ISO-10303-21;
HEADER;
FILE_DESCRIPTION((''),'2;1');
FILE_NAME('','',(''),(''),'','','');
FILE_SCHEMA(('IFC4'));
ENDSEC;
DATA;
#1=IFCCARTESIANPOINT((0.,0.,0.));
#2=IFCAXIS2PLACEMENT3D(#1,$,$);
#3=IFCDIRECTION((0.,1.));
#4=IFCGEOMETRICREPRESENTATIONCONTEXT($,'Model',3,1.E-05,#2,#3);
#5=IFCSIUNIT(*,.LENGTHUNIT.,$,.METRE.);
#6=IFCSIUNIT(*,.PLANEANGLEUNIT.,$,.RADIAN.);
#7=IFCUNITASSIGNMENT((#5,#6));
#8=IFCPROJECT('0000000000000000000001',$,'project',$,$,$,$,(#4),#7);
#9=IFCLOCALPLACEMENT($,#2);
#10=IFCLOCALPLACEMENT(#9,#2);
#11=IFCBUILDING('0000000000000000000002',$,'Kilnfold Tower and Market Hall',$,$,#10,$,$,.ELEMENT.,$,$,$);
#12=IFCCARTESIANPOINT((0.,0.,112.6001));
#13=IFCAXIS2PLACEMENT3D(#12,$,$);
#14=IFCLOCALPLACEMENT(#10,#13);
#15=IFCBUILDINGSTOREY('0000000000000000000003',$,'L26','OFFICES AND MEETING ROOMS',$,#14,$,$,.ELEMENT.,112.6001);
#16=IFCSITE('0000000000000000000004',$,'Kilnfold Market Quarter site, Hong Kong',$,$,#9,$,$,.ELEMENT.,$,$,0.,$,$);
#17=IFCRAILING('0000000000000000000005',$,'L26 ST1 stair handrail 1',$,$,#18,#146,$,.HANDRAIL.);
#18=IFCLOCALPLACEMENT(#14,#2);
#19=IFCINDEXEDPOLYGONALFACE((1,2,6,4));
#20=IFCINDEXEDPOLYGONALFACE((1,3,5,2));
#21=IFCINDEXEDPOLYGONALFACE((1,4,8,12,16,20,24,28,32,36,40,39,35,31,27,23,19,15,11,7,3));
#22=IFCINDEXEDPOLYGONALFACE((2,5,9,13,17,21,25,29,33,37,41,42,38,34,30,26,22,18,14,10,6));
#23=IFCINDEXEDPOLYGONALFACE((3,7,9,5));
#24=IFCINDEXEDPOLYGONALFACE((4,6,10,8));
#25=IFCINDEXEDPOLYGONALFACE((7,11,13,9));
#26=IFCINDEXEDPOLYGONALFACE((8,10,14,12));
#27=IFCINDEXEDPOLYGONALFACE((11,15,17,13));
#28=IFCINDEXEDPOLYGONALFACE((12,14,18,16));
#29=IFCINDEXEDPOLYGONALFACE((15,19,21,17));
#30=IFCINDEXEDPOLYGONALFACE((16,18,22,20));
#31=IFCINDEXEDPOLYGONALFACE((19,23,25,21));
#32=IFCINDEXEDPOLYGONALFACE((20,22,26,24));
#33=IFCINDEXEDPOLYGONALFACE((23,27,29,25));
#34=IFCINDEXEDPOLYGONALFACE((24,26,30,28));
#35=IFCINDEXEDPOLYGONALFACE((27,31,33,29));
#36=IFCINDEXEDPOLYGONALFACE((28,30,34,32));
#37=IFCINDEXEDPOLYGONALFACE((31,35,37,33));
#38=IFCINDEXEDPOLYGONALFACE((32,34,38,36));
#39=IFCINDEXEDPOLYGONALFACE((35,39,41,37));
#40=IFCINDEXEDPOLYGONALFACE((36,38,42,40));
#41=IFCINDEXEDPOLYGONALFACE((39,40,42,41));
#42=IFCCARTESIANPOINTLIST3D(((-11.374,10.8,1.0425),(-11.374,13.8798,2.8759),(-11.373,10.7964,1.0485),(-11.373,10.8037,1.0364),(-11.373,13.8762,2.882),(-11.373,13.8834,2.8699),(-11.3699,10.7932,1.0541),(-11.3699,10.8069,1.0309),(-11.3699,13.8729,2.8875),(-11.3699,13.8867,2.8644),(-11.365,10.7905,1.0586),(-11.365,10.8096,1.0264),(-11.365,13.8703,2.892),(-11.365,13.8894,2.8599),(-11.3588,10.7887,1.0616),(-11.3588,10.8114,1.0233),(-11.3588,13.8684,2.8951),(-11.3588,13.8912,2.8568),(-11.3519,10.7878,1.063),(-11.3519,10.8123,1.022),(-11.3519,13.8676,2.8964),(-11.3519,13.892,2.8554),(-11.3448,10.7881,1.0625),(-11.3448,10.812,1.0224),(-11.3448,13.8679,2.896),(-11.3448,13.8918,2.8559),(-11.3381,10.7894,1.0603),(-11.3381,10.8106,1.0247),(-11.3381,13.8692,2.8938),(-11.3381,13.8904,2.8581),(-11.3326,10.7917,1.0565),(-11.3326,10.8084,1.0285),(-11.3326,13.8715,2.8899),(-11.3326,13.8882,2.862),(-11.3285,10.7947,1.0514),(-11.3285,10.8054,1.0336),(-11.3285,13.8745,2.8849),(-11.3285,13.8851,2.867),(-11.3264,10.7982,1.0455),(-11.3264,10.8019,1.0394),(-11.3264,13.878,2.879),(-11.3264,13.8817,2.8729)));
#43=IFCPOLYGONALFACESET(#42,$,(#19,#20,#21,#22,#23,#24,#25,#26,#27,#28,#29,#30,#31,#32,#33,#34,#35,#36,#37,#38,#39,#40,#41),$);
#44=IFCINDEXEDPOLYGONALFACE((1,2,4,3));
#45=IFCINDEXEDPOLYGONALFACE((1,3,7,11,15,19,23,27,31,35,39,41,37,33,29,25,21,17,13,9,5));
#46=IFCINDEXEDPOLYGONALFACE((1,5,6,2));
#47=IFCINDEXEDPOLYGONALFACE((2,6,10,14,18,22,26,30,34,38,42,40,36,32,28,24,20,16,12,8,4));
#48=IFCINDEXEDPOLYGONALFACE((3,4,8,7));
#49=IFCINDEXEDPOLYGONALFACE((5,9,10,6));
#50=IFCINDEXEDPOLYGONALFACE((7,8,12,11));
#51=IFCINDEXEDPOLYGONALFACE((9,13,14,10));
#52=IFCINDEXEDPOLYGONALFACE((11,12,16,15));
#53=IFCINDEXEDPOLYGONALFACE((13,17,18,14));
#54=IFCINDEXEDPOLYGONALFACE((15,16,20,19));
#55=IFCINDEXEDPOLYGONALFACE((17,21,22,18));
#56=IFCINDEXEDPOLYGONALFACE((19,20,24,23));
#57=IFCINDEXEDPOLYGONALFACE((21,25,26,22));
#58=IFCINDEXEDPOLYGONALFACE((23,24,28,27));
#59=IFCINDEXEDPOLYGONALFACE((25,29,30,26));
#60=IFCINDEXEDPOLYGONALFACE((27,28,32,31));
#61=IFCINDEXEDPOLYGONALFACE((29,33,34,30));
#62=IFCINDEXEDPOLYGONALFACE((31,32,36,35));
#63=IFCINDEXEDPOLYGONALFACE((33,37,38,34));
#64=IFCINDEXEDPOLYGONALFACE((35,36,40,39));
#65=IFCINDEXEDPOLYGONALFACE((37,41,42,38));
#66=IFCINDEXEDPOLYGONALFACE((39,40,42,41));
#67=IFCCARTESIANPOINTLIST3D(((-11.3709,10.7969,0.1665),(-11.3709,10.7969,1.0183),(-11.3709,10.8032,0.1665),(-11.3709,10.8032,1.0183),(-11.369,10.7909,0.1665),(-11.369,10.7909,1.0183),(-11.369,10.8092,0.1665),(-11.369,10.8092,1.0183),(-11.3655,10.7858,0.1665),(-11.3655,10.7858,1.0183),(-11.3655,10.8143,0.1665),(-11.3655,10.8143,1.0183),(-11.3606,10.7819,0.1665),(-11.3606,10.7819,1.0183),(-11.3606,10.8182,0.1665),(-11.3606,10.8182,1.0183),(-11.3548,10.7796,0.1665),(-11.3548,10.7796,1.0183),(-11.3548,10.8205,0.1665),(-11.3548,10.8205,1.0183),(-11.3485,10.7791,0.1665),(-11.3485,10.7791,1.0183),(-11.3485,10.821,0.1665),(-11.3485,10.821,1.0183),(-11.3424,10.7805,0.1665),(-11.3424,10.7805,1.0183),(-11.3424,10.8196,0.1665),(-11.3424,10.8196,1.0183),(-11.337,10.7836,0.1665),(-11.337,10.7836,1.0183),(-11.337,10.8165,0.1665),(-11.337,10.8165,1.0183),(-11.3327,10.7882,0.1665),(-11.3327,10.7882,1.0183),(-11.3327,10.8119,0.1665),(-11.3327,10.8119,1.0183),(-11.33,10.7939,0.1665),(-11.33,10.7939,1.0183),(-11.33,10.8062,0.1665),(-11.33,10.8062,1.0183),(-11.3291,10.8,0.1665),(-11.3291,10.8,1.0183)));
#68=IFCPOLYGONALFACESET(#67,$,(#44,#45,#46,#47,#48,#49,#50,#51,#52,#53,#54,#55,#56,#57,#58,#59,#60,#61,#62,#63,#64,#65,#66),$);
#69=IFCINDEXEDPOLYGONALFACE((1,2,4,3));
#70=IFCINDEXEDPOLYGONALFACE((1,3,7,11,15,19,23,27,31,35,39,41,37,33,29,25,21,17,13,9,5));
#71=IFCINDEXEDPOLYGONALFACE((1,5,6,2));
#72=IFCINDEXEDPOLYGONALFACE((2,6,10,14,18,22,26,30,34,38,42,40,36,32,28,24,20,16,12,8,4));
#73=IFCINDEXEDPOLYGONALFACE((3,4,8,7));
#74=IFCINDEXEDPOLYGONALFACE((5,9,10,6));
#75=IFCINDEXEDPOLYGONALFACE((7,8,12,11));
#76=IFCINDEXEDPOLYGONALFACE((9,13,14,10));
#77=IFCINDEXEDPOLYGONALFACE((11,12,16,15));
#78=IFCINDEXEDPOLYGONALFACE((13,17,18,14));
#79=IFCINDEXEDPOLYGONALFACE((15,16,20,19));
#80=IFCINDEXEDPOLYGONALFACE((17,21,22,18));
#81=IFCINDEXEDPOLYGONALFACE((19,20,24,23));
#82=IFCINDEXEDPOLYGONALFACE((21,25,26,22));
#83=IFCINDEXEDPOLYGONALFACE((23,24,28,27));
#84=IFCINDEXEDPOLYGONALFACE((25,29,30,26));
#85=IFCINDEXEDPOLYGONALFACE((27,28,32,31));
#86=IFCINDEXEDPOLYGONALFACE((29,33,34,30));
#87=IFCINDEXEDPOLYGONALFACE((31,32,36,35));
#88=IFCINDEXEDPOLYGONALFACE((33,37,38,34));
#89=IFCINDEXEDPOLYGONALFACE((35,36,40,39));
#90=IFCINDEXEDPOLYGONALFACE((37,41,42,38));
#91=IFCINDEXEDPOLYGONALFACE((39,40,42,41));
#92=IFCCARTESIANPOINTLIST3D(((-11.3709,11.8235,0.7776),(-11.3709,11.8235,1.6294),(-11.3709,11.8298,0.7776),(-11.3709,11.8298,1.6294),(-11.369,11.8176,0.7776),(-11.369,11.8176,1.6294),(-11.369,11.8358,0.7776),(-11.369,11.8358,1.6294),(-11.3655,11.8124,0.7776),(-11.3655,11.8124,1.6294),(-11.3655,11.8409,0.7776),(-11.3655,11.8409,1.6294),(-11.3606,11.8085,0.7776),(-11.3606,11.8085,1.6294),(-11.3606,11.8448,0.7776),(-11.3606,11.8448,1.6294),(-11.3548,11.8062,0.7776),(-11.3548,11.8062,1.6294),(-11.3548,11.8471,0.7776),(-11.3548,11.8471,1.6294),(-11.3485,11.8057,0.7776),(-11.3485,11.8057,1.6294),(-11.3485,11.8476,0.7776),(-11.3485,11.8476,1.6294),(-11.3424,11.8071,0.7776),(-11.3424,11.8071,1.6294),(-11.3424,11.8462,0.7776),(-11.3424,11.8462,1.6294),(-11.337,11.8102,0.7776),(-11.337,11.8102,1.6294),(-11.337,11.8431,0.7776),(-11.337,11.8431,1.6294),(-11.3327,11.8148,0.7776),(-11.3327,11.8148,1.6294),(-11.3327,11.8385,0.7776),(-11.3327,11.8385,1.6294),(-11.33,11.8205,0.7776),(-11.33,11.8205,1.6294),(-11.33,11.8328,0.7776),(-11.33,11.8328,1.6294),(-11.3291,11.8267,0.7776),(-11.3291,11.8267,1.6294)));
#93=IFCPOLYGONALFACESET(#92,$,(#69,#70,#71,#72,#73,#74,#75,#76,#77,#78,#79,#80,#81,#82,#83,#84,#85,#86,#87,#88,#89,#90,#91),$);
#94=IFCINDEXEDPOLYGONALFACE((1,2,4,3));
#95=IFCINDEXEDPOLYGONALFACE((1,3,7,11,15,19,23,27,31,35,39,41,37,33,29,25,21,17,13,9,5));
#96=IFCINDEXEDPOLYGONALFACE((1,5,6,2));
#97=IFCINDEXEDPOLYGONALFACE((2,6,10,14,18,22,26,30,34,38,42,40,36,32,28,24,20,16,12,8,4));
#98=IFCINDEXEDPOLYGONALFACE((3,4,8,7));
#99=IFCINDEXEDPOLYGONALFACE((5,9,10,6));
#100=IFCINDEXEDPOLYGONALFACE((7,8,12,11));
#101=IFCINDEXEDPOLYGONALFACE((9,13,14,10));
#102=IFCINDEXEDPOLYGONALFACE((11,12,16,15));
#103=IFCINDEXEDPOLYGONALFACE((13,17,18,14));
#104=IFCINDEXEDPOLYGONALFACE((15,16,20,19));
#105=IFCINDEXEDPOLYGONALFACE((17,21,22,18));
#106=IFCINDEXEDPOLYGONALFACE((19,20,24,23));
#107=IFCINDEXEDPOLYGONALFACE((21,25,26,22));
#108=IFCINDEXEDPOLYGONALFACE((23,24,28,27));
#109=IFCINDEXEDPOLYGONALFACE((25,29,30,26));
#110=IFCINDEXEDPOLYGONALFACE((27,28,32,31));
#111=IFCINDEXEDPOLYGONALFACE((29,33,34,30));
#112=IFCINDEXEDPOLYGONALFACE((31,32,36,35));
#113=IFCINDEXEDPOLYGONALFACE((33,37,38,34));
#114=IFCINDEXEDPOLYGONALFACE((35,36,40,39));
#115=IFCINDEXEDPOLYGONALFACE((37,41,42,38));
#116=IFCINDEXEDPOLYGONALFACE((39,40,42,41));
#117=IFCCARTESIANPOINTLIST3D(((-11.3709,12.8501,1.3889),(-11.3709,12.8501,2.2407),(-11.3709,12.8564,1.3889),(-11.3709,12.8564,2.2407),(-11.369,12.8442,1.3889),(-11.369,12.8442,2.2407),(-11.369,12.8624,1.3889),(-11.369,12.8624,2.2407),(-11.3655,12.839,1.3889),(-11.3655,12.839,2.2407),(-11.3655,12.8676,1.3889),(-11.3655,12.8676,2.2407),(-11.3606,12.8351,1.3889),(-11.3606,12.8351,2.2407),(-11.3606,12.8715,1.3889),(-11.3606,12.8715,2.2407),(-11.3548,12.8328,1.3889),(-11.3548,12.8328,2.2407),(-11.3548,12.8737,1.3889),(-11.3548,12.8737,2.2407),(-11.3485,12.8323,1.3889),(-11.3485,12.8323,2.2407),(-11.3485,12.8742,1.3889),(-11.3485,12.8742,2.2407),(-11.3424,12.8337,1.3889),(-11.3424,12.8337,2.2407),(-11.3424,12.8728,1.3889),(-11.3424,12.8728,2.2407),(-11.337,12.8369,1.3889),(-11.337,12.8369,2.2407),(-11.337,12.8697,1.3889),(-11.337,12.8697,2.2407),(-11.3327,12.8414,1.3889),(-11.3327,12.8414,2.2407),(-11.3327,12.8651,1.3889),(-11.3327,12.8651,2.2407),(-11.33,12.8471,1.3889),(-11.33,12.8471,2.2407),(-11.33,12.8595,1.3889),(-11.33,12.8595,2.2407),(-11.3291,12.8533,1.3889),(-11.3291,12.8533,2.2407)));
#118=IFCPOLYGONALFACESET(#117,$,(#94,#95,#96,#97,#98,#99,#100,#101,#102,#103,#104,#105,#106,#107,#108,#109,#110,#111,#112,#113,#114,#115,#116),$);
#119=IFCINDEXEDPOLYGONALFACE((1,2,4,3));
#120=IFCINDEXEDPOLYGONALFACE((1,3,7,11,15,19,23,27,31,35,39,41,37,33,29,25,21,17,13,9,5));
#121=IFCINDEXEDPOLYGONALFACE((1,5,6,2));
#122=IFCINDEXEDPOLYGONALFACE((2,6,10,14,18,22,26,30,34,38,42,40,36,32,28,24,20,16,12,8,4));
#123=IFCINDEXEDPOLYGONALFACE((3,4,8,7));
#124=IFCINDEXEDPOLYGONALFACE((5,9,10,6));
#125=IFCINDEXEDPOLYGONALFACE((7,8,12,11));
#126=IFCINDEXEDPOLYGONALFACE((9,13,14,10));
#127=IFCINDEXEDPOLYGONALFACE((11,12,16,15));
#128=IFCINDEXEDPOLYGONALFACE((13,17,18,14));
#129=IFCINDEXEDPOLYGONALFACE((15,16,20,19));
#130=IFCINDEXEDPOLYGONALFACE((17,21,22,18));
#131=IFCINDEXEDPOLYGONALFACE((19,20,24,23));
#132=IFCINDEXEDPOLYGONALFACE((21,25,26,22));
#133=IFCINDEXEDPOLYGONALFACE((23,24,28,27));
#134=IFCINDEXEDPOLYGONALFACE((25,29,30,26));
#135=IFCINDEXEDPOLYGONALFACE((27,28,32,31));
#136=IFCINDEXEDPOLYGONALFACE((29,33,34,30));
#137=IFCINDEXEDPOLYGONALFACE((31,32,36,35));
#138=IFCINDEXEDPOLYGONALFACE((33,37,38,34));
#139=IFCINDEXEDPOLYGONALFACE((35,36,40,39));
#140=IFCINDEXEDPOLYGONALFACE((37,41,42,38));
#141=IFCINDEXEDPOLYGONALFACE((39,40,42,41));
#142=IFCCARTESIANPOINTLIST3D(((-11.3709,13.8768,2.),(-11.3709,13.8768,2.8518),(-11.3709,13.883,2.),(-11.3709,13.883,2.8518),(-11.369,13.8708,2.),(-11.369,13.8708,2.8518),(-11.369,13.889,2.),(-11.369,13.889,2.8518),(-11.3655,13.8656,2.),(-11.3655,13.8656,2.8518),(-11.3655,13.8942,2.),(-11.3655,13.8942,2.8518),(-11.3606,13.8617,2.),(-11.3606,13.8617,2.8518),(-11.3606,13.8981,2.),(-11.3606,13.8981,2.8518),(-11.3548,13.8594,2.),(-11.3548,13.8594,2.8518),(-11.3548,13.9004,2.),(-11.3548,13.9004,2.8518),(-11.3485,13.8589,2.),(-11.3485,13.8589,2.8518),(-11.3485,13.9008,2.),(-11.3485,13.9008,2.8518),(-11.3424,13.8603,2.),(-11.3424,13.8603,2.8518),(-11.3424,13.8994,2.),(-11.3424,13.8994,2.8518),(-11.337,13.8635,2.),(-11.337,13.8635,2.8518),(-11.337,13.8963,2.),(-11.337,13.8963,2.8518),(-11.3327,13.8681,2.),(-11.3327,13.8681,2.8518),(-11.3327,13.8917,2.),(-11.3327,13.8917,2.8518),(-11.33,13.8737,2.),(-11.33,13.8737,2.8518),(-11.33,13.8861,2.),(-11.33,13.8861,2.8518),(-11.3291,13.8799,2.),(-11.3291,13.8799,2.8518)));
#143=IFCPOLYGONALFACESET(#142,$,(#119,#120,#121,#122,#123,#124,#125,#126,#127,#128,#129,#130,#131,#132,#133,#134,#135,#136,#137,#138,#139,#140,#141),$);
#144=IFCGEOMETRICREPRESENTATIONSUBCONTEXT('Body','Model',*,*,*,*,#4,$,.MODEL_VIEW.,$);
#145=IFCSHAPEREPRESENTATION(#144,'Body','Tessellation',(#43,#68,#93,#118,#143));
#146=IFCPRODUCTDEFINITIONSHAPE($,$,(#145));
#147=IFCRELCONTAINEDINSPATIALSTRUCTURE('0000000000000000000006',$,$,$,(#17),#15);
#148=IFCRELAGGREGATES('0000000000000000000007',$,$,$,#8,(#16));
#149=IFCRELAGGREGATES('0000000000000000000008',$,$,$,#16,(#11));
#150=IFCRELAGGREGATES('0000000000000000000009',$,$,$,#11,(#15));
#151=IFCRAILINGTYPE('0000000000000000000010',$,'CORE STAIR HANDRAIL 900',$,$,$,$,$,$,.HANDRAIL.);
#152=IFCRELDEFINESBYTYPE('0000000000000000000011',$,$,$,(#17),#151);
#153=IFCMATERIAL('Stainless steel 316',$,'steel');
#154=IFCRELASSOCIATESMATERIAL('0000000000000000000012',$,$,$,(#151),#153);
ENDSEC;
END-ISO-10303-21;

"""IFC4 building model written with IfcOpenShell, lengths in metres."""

from ifc_helpers import new_model, si_unit, direction, frame, origin, origin_2d, place, context, subcontext, project, spatial, circle, extrude, material, type_object, element, save


model = new_model("IFC4")

# Units and contexts
model_context = context("Model", 3, precision=1e-05, world=origin(), true_north=direction((0.0, 1.0)))
body_context = subcontext(model_context, "Body", "Model", "MODEL_VIEW")
ifc_project = project(units=[si_unit("LENGTHUNIT", "METRE"), si_unit("PLANEANGLEUNIT", "RADIAN")], contexts=[model_context])

# Site, building, storey
site_placement = place(None, origin())
site = spatial("IfcSite", under=ifc_project, at=site_placement, Name="Kilnfold Market Quarter site, Hong Kong", CompositionType="ELEMENT", RefElevation=0.0)
building_placement = place(site_placement, origin())
building = spatial("IfcBuilding", under=site, at=building_placement, Name="Kilnfold Tower and Market Hall", CompositionType="ELEMENT")
storey_placement = place(building_placement, frame((0.0, 0.0, 112.6001)))
storey = spatial("IfcBuildingStorey", under=building, at=storey_placement, Name="L26", Description="OFFICES AND MEETING ROOMS", CompositionType="ELEMENT", Elevation=112.6001)

# Railing
ifc_material_1 = material(Name="Stainless steel 316", Category="steel")
railing_type = type_object("IfcRailingType", Name="CORE STAIR HANDRAIL 900", PredefinedType="HANDRAIL", material=ifc_material_1)
railing_placement = place(storey_placement, frame((-11.3501, 10.8, 0.1665)))
element("IfcRailing", 1, at=railing_placement, inside=storey, type_object=railing_type, Name="L26 ST1 stair handrail 1", PredefinedType="HANDRAIL", context=body_context, shape_type="SweptSolid", body=[
    extrude(circle(Radius=0.0239, at=origin_2d()), frame((0.0, 0.0, 0.876), z_axis=(0.0, 0.859261, 0.511538), x_axis=(-1.0, 0.0, 0.0)), (0.0, 0.0, 1.0), 3.5842),
    extrude(circle(Radius=0.021, at=origin_2d()), origin(), (0.0, 0.0, 1.0), 0.8518),
    extrude(circle(Radius=0.021, at=origin_2d()), frame((0.0, 1.0266, 0.6111)), (0.0, 0.0, 1.0), 0.8518),
    extrude(circle(Radius=0.021, at=origin_2d()), frame((0.0, 2.0532, 1.2224)), (0.0, 0.0, 1.0), 0.8518),
    extrude(circle(Radius=0.021, at=origin_2d()), frame((0.0, 3.0798, 1.8335)), (0.0, 0.0, 1.0), 0.8518),
])

save(model, "model.ifc")
